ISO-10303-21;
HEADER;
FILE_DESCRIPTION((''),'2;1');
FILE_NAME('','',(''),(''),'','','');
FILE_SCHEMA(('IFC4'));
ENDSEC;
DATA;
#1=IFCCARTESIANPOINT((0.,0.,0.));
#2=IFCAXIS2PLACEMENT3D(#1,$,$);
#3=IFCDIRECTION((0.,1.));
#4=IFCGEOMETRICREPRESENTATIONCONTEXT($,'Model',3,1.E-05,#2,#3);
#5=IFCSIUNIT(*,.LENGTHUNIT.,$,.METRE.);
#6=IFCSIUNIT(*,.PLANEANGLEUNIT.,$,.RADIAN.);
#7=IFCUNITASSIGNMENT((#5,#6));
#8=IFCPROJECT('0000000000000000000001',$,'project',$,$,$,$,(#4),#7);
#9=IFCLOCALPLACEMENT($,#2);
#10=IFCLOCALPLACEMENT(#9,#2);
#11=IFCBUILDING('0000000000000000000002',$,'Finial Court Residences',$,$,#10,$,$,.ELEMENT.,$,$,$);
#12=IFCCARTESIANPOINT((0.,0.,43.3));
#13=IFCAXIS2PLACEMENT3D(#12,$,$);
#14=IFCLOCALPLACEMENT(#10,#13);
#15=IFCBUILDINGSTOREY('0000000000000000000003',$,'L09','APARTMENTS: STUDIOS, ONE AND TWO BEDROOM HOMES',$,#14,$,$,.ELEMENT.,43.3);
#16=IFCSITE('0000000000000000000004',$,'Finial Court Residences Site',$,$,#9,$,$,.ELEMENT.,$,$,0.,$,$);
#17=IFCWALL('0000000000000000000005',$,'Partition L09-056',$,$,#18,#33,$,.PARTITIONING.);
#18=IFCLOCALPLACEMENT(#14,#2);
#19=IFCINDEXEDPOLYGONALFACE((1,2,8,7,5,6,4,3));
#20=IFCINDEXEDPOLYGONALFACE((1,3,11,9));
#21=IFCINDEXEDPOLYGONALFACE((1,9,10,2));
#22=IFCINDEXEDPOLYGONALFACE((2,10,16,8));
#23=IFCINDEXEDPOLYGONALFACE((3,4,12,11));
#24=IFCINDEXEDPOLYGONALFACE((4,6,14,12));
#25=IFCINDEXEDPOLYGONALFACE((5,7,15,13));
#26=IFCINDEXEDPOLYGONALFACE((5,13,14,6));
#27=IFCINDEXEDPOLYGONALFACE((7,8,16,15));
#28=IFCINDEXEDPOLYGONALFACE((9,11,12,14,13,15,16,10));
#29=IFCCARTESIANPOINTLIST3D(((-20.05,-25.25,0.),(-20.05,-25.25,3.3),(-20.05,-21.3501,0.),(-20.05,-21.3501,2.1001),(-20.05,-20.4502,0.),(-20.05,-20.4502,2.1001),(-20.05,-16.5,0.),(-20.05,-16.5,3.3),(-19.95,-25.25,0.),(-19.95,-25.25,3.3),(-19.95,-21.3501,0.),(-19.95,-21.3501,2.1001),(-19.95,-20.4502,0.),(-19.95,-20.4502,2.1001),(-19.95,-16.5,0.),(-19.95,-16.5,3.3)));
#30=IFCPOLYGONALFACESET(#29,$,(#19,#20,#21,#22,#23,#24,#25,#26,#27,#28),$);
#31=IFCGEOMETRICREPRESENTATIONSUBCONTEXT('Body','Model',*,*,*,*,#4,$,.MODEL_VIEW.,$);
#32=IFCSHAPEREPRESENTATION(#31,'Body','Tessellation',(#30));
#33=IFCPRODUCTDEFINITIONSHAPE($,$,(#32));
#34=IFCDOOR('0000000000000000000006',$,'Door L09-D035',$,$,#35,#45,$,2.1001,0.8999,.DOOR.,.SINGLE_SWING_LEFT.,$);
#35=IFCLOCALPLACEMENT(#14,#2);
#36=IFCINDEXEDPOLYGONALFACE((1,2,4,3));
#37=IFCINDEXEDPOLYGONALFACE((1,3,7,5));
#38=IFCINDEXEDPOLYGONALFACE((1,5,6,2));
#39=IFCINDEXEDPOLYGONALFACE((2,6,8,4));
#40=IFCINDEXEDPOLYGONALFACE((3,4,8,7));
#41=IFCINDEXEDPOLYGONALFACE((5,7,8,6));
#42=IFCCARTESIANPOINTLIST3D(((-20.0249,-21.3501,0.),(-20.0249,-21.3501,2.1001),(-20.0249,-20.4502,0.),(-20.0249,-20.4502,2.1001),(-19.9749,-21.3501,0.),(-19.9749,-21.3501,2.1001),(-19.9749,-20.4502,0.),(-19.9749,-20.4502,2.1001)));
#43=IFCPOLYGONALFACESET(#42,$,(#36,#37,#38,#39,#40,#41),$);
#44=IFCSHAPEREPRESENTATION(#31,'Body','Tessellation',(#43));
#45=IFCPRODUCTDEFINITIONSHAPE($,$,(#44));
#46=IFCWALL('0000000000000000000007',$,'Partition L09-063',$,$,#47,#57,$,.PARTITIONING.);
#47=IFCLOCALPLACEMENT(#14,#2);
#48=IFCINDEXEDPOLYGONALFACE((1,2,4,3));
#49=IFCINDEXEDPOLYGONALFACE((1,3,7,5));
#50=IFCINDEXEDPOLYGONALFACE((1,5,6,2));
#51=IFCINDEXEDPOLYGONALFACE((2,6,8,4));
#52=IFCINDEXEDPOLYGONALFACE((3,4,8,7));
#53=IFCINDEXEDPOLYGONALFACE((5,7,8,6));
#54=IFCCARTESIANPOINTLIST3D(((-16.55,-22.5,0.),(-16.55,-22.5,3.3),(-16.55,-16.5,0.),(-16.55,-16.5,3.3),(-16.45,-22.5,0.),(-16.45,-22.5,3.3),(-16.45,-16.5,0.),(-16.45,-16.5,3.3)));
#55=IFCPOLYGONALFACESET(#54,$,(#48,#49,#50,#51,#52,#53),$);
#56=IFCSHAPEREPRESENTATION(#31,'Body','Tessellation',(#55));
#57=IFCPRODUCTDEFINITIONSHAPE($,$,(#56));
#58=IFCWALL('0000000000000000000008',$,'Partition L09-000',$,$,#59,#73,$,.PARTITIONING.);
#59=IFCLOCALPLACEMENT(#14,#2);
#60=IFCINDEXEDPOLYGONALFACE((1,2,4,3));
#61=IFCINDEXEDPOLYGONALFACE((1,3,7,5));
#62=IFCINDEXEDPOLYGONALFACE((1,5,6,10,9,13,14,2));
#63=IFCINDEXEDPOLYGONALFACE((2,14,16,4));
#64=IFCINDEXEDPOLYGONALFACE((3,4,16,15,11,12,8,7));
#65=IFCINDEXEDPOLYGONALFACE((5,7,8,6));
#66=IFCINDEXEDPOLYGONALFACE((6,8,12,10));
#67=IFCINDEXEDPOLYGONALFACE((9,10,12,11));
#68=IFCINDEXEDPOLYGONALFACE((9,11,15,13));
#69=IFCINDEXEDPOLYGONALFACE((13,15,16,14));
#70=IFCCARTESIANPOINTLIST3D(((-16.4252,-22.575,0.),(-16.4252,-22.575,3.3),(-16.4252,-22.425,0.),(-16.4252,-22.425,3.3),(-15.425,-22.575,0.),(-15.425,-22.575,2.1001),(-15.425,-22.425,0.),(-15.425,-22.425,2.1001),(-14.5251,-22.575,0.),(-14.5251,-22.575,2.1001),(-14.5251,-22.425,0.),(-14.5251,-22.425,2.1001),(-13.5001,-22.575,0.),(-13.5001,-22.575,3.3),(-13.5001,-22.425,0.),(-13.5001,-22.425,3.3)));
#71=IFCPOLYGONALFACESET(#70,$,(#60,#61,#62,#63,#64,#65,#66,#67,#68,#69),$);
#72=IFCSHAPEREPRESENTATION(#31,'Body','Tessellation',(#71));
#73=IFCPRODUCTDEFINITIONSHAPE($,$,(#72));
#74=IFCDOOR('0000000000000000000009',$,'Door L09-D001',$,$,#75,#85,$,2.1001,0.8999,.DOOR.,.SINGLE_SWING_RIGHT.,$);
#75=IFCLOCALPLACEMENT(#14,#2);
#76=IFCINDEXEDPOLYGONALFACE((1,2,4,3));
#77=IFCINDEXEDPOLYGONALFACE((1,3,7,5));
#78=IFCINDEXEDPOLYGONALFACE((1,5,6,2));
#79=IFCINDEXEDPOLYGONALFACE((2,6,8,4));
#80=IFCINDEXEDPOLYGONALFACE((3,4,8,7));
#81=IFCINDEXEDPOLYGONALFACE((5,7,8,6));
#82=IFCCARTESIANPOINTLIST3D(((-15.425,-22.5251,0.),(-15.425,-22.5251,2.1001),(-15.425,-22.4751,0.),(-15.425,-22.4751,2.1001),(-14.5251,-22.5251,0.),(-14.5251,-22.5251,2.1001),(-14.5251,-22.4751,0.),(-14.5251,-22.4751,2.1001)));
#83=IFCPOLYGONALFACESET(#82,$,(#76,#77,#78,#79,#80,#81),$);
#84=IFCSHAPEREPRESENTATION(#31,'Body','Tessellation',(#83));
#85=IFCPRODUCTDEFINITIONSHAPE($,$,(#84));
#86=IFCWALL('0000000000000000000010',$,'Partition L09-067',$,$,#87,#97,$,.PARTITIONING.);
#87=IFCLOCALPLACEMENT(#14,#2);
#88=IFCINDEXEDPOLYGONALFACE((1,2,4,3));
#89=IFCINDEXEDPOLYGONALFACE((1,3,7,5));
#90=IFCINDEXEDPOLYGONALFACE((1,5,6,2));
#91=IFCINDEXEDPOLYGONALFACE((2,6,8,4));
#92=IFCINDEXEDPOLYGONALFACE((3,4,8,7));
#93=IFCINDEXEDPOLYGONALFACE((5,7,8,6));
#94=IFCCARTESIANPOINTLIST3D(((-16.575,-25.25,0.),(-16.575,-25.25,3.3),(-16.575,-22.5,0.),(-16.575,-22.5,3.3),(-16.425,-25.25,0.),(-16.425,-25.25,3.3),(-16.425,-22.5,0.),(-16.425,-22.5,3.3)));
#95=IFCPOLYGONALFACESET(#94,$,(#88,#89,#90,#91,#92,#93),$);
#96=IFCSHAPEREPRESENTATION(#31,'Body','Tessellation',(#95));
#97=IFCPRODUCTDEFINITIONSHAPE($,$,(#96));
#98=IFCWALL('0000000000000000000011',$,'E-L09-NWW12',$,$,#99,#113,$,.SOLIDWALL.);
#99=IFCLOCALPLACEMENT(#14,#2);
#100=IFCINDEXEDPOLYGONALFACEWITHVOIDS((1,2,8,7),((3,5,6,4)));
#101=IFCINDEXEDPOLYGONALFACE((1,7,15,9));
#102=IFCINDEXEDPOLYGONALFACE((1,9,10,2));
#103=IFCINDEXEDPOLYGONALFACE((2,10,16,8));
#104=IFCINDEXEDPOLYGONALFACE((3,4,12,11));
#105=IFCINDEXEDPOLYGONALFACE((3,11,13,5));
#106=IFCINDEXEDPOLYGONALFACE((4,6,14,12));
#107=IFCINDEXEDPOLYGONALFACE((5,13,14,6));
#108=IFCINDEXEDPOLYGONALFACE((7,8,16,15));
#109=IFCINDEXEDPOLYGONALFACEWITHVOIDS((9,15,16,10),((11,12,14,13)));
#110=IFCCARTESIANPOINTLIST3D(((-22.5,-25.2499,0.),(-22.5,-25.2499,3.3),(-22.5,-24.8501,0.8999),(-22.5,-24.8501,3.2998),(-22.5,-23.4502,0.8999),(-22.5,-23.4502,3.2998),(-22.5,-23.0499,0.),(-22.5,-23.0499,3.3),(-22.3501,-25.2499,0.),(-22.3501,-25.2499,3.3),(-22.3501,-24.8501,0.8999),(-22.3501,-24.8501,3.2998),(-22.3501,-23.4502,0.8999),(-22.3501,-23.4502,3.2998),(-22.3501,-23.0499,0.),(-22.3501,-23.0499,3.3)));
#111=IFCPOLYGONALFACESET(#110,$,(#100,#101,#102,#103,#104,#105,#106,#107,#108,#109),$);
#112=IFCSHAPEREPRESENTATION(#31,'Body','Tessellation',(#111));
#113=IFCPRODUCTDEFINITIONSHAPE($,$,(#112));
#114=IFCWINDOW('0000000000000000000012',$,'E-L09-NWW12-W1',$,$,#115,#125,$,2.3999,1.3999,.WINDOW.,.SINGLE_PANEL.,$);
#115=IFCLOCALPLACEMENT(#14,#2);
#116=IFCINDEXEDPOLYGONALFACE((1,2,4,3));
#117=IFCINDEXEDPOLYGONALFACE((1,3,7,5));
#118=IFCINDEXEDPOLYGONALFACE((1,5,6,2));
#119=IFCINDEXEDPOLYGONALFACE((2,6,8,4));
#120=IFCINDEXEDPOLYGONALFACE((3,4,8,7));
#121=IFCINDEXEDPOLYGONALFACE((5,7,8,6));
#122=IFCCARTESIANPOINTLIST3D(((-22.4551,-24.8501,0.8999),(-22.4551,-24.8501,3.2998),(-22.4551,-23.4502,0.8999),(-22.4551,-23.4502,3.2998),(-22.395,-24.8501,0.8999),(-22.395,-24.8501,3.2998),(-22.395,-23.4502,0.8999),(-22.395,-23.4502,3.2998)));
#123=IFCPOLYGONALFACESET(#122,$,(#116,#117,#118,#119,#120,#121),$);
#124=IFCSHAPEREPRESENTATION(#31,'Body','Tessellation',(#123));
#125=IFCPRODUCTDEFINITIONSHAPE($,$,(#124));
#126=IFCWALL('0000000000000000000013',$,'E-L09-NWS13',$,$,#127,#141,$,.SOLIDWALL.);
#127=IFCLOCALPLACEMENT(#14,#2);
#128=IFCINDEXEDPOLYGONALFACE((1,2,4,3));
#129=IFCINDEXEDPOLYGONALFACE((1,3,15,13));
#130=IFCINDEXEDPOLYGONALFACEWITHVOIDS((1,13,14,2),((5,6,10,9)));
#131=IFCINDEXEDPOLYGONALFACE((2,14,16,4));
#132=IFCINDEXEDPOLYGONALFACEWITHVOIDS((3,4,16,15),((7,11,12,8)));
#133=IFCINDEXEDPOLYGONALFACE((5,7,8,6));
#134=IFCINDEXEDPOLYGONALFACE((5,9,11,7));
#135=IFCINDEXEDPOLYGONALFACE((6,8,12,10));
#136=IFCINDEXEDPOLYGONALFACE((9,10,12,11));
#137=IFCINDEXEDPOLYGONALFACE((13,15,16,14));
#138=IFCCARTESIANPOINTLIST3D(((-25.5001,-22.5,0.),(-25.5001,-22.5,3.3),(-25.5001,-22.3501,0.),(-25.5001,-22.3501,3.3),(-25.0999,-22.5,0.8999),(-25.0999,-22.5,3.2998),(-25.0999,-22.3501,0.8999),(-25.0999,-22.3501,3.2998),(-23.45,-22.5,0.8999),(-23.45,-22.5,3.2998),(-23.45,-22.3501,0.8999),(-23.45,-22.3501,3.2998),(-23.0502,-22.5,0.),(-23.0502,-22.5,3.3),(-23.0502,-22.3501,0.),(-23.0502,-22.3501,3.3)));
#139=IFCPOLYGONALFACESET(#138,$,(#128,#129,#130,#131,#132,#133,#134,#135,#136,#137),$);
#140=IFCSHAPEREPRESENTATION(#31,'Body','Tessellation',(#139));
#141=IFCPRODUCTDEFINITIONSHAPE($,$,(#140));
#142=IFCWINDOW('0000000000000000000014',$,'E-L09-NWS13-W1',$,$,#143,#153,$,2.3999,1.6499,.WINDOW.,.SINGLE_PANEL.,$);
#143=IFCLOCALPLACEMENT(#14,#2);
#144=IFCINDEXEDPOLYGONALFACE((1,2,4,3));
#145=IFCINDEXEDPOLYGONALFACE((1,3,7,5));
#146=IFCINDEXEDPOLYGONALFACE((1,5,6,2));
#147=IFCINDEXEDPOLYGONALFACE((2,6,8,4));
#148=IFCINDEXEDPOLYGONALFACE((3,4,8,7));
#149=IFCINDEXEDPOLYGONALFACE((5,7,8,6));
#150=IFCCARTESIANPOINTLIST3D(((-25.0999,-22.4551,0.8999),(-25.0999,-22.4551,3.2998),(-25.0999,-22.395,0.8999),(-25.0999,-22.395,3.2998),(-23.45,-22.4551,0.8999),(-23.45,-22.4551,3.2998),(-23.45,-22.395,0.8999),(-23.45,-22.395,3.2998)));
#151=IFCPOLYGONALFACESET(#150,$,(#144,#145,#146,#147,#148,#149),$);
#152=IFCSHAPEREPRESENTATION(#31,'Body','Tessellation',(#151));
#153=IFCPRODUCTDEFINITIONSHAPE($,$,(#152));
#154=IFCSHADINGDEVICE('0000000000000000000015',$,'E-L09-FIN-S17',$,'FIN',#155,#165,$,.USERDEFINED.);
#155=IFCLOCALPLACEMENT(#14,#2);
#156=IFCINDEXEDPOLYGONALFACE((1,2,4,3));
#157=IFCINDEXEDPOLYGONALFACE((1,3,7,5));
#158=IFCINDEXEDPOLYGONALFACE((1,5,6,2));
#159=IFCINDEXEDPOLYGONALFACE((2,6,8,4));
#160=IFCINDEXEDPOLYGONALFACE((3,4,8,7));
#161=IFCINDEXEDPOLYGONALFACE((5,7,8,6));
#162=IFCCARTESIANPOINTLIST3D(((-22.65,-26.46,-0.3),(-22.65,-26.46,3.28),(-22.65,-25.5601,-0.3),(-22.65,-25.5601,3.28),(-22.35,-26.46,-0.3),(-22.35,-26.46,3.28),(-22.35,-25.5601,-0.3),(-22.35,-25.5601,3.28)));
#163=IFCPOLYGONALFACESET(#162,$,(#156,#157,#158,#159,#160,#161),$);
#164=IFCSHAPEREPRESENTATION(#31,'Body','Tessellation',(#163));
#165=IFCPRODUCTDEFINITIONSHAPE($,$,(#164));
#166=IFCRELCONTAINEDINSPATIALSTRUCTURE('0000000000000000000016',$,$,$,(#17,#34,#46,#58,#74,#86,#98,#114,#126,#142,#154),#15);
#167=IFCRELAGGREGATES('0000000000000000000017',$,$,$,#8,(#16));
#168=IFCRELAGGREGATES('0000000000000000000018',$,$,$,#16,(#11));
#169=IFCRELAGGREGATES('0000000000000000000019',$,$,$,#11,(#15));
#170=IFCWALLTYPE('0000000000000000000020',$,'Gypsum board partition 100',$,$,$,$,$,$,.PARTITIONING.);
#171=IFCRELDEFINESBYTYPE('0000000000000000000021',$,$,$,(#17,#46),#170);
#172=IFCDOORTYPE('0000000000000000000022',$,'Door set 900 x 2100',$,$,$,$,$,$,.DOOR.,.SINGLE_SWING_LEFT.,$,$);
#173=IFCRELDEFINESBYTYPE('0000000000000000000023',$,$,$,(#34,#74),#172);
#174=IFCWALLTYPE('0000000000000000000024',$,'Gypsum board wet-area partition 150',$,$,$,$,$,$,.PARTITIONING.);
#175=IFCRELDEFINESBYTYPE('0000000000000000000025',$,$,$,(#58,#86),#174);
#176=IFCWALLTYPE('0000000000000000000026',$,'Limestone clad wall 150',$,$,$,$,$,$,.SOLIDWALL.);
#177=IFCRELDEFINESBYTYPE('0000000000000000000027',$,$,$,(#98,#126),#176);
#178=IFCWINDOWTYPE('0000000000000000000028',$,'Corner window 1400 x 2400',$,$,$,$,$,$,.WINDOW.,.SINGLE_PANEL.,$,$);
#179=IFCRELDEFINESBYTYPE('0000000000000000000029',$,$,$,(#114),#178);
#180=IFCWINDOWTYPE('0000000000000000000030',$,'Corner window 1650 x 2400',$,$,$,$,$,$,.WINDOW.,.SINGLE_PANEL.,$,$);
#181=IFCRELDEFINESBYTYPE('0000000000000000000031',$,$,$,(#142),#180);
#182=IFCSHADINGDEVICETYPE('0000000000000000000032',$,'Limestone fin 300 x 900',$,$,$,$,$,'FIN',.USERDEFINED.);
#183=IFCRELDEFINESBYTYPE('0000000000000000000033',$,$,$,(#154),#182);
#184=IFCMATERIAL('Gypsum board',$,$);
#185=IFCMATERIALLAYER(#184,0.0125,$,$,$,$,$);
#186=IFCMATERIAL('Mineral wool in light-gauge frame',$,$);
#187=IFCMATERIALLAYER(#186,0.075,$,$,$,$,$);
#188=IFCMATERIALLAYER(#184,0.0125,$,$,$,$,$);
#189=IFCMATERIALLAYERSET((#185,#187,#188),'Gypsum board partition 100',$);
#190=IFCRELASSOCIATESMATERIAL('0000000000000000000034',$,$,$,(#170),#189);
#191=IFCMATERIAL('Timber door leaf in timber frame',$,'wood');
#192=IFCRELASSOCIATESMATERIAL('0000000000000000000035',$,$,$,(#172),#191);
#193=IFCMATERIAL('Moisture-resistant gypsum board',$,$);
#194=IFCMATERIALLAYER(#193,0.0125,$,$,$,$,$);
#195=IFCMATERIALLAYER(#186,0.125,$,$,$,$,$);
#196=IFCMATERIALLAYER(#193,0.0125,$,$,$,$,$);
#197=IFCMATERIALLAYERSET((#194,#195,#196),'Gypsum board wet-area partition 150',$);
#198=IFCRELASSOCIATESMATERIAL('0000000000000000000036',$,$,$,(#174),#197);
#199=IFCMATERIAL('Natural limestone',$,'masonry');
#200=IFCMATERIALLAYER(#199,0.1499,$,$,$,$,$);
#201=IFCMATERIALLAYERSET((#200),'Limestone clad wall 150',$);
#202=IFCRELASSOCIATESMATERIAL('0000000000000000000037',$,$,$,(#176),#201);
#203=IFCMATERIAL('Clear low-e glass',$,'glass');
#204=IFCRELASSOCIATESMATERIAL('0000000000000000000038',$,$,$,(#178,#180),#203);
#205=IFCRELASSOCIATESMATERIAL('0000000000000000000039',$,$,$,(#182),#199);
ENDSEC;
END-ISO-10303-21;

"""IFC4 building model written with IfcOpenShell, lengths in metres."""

from ifc_helpers import new_model, si_unit, direction, frame, frame_2d, origin, origin_2d, place, context, subcontext, project, spatial, rectangle, extrude, material, layer, layer_set, type_object, element, fill, save


model = new_model("IFC4")

# Units and contexts
model_context = context("Model", 3, precision=1e-05, world=origin(), true_north=direction((0.0, 1.0)))
body_context = subcontext(model_context, "Body", "Model", "MODEL_VIEW")
ifc_project = project(units=[si_unit("LENGTHUNIT", "METRE"), si_unit("PLANEANGLEUNIT", "RADIAN")], contexts=[model_context])

# Site, building, storey
site_placement = place(None, origin())
site = spatial("IfcSite", under=ifc_project, at=site_placement, Name="Finial Court Residences Site", CompositionType="ELEMENT", RefElevation=0.0)
building_placement = place(site_placement, origin())
building = spatial("IfcBuilding", under=site, at=building_placement, Name="Finial Court Residences", CompositionType="ELEMENT")
storey_placement = place(building_placement, frame((0.0, 0.0, 43.3)))
storey = spatial("IfcBuildingStorey", under=building, at=storey_placement, Name="L09", Description="APARTMENTS: STUDIOS, ONE AND TWO BEDROOM HOMES", CompositionType="ELEMENT", Elevation=43.3)

# Shared definitions
ifc_material_1 = material(Name="Clear low-e glass", Category="glass")

# Wall, opening, door
ifc_material_2 = material(Name="Gypsum board")
ifc_layer_1 = layer(ifc_material_2, 0.0125)
ifc_material_3 = material(Name="Mineral wool in light-gauge frame")
ifc_layer_2 = layer(ifc_material_3, 0.075)
ifc_layer_3 = layer(ifc_material_2, 0.0125)
ifc_layer_set_1 = layer_set([ifc_layer_1, ifc_layer_2, ifc_layer_3], Name="Gypsum board partition 100")
wall_type_1 = type_object("IfcWallType", Name="Gypsum board partition 100", PredefinedType="PARTITIONING", material=ifc_layer_set_1)
wall_1_placement = place(storey_placement, frame((-20.0, -25.25, 0.0), z_axis=(0.0, 0.0, 1.0), x_axis=(0.0, 1.0, 0.0)))
wall_1 = element("IfcWall", 1, at=wall_1_placement, inside=storey, type_object=wall_type_1, Name="Partition L09-056", PredefinedType="PARTITIONING", context=body_context, shape_type="SweptSolid", body=[
    extrude(rectangle(XDim=8.75, YDim=0.1001, at=frame_2d((4.375, 0.0))), origin(), (0.0, 0.0, 1.0), 3.3),
])
opening_1_placement = place(wall_1_placement, frame((3.8999, 0.0, 0.0)))
opening_1 = element("IfcOpeningElement", 2, at=opening_1_placement, cuts=wall_1, PredefinedType="OPENING", context=body_context, shape_type="SweptSolid", body=[
    extrude(rectangle(XDim=0.8999, YDim=2.1001, at=frame_2d((0.45, 1.05))), frame((0.0, 0.0601, 0.0), z_axis=(0.0, -1.0, 0.0), x_axis=(1.0, 0.0, 0.0)), (0.0, 0.0, 1.0), 0.1201),
])
ifc_material_4 = material(Name="Timber door leaf in timber frame", Category="wood")
door_type = type_object("IfcDoorType", Name="Door set 900 x 2100", OperationType="SINGLE_SWING_LEFT", PredefinedType="DOOR", material=ifc_material_4)
door_1_placement = place(opening_1_placement, origin())
door_1 = element("IfcDoor", 3, at=door_1_placement, inside=storey, type_object=door_type, Name="Door L09-D035", OperationType="SINGLE_SWING_LEFT", OverallHeight=2.1001, OverallWidth=0.8999, PredefinedType="DOOR", context=body_context, shape_type="SweptSolid", body=[
    extrude(rectangle(XDim=0.8999, YDim=2.1001, at=frame_2d((0.45, 1.05))), frame((0.0, 0.0249, 0.0), z_axis=(0.0, -1.0, 0.0), x_axis=(1.0, 0.0, 0.0)), (0.0, 0.0, 1.0), 0.05),
])
fill(opening_1, door_1)

# Wall
wall_2_placement = place(storey_placement, frame((-16.5, -22.5, 0.0), z_axis=(0.0, 0.0, 1.0), x_axis=(0.0, 1.0, 0.0)))
element("IfcWall", 4, at=wall_2_placement, inside=storey, type_object=wall_type_1, Name="Partition L09-063", PredefinedType="PARTITIONING", context=body_context, shape_type="SweptSolid", body=[
    extrude(rectangle(XDim=6.0, YDim=0.1001, at=frame_2d((3.0, 0.0))), origin(), (0.0, 0.0, 1.0), 3.3),
])

# Wall, opening, door
ifc_material_5 = material(Name="Moisture-resistant gypsum board")
ifc_layer_4 = layer(ifc_material_5, 0.0125)
ifc_layer_5 = layer(ifc_material_3, 0.125)
ifc_layer_6 = layer(ifc_material_5, 0.0125)
ifc_layer_set_2 = layer_set([ifc_layer_4, ifc_layer_5, ifc_layer_6], Name="Gypsum board wet-area partition 150")
wall_type_2 = type_object("IfcWallType", Name="Gypsum board wet-area partition 150", PredefinedType="PARTITIONING", material=ifc_layer_set_2)
wall_3_placement = place(storey_placement, frame((-16.425, -22.5, 0.0), z_axis=(0.0, 0.0, 1.0), x_axis=(1.0, 0.0, 0.0)))
wall_3 = element("IfcWall", 5, at=wall_3_placement, inside=storey, type_object=wall_type_2, Name="Partition L09-000", PredefinedType="PARTITIONING", context=body_context, shape_type="SweptSolid", body=[
    extrude(rectangle(XDim=2.925, YDim=0.1499, at=frame_2d((1.4624, 0.0))), origin(), (0.0, 0.0, 1.0), 3.3),
])
opening_2_placement = place(wall_3_placement, frame((1.0, 0.0, 0.0)))
opening_2 = element("IfcOpeningElement", 6, at=opening_2_placement, cuts=wall_3, PredefinedType="OPENING", context=body_context, shape_type="SweptSolid", body=[
    extrude(rectangle(XDim=0.8999, YDim=2.1001, at=frame_2d((0.45, 1.05))), frame((0.0, 0.085, 0.0), z_axis=(0.0, -1.0, 0.0), x_axis=(1.0, 0.0, 0.0)), (0.0, 0.0, 1.0), 0.1699),
])
door_2_placement = place(opening_2_placement, origin())
door_2 = element("IfcDoor", 7, at=door_2_placement, inside=storey, type_object=door_type, Name="Door L09-D001", OperationType="SINGLE_SWING_RIGHT", OverallHeight=2.1001, OverallWidth=0.8999, PredefinedType="DOOR", context=body_context, shape_type="SweptSolid", body=[
    extrude(rectangle(XDim=0.8999, YDim=2.1001, at=frame_2d((0.45, 1.05))), frame((0.0, 0.0249, 0.0), z_axis=(0.0, -1.0, 0.0), x_axis=(1.0, 0.0, 0.0)), (0.0, 0.0, 1.0), 0.05),
])
fill(opening_2, door_2)

# Wall
wall_4_placement = place(storey_placement, frame((-16.5, -25.25, 0.0), z_axis=(0.0, 0.0, 1.0), x_axis=(0.0, 1.0, 0.0)))
element("IfcWall", 8, at=wall_4_placement, inside=storey, type_object=wall_type_2, Name="Partition L09-067", PredefinedType="PARTITIONING", context=body_context, shape_type="SweptSolid", body=[
    extrude(rectangle(XDim=2.75, YDim=0.1499, at=frame_2d((1.375, 0.0))), origin(), (0.0, 0.0, 1.0), 3.3),
])

# Walls, openings, windows
ifc_material_6 = material(Name="Natural limestone", Category="masonry")
ifc_layer_7 = layer(ifc_material_6, 0.1499)
ifc_layer_set_3 = layer_set([ifc_layer_7], Name="Limestone clad wall 150")
wall_type_3 = type_object("IfcWallType", Name="Limestone clad wall 150", PredefinedType="SOLIDWALL", material=ifc_layer_set_3)
wall_5_placement = place(storey_placement, frame((-22.425, -25.25, 0.0), z_axis=(0.0, 0.0, 1.0), x_axis=(0.0, 1.0, 0.0)))
wall_5 = element("IfcWall", 9, at=wall_5_placement, inside=storey, type_object=wall_type_3, Name="E-L09-NWW12", PredefinedType="SOLIDWALL", context=body_context, shape_type="SweptSolid", body=[
    extrude(rectangle(XDim=2.2, YDim=0.1499, at=frame_2d((1.1001, 0.0))), origin(), (0.0, 0.0, 1.0), 3.3),
])
opening_3_placement = place(wall_5_placement, frame((0.3999, 0.0, 0.8999)))
opening_3 = element("IfcOpeningElement", 10, at=opening_3_placement, cuts=wall_5, PredefinedType="OPENING", context=body_context, shape_type="SweptSolid", body=[
    extrude(rectangle(XDim=1.3999, YDim=2.3999, at=frame_2d((0.7, 1.2))), frame((0.0, 0.085, 0.0), z_axis=(0.0, -1.0, 0.0), x_axis=(1.0, 0.0, 0.0)), (0.0, 0.0, 1.0), 0.1699),
])
window_type_1 = type_object("IfcWindowType", Name="Corner window 1400 x 2400", PartitioningType="SINGLE_PANEL", PredefinedType="WINDOW", material=ifc_material_1)
window_1_placement = place(opening_3_placement, origin())
window_1 = element("IfcWindow", 11, at=window_1_placement, inside=storey, type_object=window_type_1, Name="E-L09-NWW12-W1", OverallHeight=2.3999, OverallWidth=1.3999, PartitioningType="SINGLE_PANEL", PredefinedType="WINDOW", context=body_context, shape_type="SweptSolid", body=[
    extrude(rectangle(XDim=1.3999, YDim=2.3999, at=frame_2d((0.7, 1.2))), frame((0.0, 0.03, 0.0), z_axis=(0.0, -1.0, 0.0), x_axis=(1.0, 0.0, 0.0)), (0.0, 0.0, 1.0), 0.0601),
])
fill(opening_3, window_1)
wall_6_placement = place(storey_placement, frame((-23.05, -22.425, 0.0), z_axis=(0.0, 0.0, 1.0), x_axis=(-1.0, 0.0, 0.0)))
wall_6 = element("IfcWall", 12, at=wall_6_placement, inside=storey, type_object=wall_type_3, Name="E-L09-NWS13", PredefinedType="SOLIDWALL", context=body_context, shape_type="SweptSolid", body=[
    extrude(rectangle(XDim=2.45, YDim=0.1499, at=frame_2d((1.2251, 0.0))), origin(), (0.0, 0.0, 1.0), 3.3),
])
opening_4_placement = place(wall_6_placement, frame((0.3999, 0.0, 0.8999)))
opening_4 = element("IfcOpeningElement", 13, at=opening_4_placement, cuts=wall_6, PredefinedType="OPENING", context=body_context, shape_type="SweptSolid", body=[
    extrude(rectangle(XDim=1.6499, YDim=2.3999, at=frame_2d((0.825, 1.2))), frame((0.0, 0.085, 0.0), z_axis=(0.0, -1.0, 0.0), x_axis=(1.0, 0.0, 0.0)), (0.0, 0.0, 1.0), 0.1699),
])
window_type_2 = type_object("IfcWindowType", Name="Corner window 1650 x 2400", PartitioningType="SINGLE_PANEL", PredefinedType="WINDOW", material=ifc_material_1)
window_2_placement = place(opening_4_placement, origin())
window_2 = element("IfcWindow", 14, at=window_2_placement, inside=storey, type_object=window_type_2, Name="E-L09-NWS13-W1", OverallHeight=2.3999, OverallWidth=1.6499, PartitioningType="SINGLE_PANEL", PredefinedType="WINDOW", context=body_context, shape_type="SweptSolid", body=[
    extrude(rectangle(XDim=1.6499, YDim=2.3999, at=frame_2d((0.825, 1.2))), frame((0.0, 0.03, 0.0), z_axis=(0.0, -1.0, 0.0), x_axis=(1.0, 0.0, 0.0)), (0.0, 0.0, 1.0), 0.0601),
])
fill(opening_4, window_2)

# Shading device
shading_device_type = type_object("IfcShadingDeviceType", Name="Limestone fin 300 x 900", ElementType="FIN", PredefinedType="USERDEFINED", material=ifc_material_6)
for number, where, z_axis, x_axis, name in (
    (15, (-22.5, -26.01, -0.3), (0.0, 0.0, 1.0), (1.0, 0.0, 0.0), "E-L09-FIN-S17"),
):
    element("IfcShadingDevice", number, at=place(storey_placement, frame(where, z_axis=z_axis, x_axis=x_axis)), inside=storey, type_object=shading_device_type, Name=name, ObjectType="FIN", PredefinedType="USERDEFINED", context=body_context, shape_type="SweptSolid", body=[
        extrude(rectangle(XDim=0.3, YDim=0.8999, at=origin_2d()), origin(), (0.0, 0.0, 1.0), 3.5801),
    ])

save(model, "model.ifc")
